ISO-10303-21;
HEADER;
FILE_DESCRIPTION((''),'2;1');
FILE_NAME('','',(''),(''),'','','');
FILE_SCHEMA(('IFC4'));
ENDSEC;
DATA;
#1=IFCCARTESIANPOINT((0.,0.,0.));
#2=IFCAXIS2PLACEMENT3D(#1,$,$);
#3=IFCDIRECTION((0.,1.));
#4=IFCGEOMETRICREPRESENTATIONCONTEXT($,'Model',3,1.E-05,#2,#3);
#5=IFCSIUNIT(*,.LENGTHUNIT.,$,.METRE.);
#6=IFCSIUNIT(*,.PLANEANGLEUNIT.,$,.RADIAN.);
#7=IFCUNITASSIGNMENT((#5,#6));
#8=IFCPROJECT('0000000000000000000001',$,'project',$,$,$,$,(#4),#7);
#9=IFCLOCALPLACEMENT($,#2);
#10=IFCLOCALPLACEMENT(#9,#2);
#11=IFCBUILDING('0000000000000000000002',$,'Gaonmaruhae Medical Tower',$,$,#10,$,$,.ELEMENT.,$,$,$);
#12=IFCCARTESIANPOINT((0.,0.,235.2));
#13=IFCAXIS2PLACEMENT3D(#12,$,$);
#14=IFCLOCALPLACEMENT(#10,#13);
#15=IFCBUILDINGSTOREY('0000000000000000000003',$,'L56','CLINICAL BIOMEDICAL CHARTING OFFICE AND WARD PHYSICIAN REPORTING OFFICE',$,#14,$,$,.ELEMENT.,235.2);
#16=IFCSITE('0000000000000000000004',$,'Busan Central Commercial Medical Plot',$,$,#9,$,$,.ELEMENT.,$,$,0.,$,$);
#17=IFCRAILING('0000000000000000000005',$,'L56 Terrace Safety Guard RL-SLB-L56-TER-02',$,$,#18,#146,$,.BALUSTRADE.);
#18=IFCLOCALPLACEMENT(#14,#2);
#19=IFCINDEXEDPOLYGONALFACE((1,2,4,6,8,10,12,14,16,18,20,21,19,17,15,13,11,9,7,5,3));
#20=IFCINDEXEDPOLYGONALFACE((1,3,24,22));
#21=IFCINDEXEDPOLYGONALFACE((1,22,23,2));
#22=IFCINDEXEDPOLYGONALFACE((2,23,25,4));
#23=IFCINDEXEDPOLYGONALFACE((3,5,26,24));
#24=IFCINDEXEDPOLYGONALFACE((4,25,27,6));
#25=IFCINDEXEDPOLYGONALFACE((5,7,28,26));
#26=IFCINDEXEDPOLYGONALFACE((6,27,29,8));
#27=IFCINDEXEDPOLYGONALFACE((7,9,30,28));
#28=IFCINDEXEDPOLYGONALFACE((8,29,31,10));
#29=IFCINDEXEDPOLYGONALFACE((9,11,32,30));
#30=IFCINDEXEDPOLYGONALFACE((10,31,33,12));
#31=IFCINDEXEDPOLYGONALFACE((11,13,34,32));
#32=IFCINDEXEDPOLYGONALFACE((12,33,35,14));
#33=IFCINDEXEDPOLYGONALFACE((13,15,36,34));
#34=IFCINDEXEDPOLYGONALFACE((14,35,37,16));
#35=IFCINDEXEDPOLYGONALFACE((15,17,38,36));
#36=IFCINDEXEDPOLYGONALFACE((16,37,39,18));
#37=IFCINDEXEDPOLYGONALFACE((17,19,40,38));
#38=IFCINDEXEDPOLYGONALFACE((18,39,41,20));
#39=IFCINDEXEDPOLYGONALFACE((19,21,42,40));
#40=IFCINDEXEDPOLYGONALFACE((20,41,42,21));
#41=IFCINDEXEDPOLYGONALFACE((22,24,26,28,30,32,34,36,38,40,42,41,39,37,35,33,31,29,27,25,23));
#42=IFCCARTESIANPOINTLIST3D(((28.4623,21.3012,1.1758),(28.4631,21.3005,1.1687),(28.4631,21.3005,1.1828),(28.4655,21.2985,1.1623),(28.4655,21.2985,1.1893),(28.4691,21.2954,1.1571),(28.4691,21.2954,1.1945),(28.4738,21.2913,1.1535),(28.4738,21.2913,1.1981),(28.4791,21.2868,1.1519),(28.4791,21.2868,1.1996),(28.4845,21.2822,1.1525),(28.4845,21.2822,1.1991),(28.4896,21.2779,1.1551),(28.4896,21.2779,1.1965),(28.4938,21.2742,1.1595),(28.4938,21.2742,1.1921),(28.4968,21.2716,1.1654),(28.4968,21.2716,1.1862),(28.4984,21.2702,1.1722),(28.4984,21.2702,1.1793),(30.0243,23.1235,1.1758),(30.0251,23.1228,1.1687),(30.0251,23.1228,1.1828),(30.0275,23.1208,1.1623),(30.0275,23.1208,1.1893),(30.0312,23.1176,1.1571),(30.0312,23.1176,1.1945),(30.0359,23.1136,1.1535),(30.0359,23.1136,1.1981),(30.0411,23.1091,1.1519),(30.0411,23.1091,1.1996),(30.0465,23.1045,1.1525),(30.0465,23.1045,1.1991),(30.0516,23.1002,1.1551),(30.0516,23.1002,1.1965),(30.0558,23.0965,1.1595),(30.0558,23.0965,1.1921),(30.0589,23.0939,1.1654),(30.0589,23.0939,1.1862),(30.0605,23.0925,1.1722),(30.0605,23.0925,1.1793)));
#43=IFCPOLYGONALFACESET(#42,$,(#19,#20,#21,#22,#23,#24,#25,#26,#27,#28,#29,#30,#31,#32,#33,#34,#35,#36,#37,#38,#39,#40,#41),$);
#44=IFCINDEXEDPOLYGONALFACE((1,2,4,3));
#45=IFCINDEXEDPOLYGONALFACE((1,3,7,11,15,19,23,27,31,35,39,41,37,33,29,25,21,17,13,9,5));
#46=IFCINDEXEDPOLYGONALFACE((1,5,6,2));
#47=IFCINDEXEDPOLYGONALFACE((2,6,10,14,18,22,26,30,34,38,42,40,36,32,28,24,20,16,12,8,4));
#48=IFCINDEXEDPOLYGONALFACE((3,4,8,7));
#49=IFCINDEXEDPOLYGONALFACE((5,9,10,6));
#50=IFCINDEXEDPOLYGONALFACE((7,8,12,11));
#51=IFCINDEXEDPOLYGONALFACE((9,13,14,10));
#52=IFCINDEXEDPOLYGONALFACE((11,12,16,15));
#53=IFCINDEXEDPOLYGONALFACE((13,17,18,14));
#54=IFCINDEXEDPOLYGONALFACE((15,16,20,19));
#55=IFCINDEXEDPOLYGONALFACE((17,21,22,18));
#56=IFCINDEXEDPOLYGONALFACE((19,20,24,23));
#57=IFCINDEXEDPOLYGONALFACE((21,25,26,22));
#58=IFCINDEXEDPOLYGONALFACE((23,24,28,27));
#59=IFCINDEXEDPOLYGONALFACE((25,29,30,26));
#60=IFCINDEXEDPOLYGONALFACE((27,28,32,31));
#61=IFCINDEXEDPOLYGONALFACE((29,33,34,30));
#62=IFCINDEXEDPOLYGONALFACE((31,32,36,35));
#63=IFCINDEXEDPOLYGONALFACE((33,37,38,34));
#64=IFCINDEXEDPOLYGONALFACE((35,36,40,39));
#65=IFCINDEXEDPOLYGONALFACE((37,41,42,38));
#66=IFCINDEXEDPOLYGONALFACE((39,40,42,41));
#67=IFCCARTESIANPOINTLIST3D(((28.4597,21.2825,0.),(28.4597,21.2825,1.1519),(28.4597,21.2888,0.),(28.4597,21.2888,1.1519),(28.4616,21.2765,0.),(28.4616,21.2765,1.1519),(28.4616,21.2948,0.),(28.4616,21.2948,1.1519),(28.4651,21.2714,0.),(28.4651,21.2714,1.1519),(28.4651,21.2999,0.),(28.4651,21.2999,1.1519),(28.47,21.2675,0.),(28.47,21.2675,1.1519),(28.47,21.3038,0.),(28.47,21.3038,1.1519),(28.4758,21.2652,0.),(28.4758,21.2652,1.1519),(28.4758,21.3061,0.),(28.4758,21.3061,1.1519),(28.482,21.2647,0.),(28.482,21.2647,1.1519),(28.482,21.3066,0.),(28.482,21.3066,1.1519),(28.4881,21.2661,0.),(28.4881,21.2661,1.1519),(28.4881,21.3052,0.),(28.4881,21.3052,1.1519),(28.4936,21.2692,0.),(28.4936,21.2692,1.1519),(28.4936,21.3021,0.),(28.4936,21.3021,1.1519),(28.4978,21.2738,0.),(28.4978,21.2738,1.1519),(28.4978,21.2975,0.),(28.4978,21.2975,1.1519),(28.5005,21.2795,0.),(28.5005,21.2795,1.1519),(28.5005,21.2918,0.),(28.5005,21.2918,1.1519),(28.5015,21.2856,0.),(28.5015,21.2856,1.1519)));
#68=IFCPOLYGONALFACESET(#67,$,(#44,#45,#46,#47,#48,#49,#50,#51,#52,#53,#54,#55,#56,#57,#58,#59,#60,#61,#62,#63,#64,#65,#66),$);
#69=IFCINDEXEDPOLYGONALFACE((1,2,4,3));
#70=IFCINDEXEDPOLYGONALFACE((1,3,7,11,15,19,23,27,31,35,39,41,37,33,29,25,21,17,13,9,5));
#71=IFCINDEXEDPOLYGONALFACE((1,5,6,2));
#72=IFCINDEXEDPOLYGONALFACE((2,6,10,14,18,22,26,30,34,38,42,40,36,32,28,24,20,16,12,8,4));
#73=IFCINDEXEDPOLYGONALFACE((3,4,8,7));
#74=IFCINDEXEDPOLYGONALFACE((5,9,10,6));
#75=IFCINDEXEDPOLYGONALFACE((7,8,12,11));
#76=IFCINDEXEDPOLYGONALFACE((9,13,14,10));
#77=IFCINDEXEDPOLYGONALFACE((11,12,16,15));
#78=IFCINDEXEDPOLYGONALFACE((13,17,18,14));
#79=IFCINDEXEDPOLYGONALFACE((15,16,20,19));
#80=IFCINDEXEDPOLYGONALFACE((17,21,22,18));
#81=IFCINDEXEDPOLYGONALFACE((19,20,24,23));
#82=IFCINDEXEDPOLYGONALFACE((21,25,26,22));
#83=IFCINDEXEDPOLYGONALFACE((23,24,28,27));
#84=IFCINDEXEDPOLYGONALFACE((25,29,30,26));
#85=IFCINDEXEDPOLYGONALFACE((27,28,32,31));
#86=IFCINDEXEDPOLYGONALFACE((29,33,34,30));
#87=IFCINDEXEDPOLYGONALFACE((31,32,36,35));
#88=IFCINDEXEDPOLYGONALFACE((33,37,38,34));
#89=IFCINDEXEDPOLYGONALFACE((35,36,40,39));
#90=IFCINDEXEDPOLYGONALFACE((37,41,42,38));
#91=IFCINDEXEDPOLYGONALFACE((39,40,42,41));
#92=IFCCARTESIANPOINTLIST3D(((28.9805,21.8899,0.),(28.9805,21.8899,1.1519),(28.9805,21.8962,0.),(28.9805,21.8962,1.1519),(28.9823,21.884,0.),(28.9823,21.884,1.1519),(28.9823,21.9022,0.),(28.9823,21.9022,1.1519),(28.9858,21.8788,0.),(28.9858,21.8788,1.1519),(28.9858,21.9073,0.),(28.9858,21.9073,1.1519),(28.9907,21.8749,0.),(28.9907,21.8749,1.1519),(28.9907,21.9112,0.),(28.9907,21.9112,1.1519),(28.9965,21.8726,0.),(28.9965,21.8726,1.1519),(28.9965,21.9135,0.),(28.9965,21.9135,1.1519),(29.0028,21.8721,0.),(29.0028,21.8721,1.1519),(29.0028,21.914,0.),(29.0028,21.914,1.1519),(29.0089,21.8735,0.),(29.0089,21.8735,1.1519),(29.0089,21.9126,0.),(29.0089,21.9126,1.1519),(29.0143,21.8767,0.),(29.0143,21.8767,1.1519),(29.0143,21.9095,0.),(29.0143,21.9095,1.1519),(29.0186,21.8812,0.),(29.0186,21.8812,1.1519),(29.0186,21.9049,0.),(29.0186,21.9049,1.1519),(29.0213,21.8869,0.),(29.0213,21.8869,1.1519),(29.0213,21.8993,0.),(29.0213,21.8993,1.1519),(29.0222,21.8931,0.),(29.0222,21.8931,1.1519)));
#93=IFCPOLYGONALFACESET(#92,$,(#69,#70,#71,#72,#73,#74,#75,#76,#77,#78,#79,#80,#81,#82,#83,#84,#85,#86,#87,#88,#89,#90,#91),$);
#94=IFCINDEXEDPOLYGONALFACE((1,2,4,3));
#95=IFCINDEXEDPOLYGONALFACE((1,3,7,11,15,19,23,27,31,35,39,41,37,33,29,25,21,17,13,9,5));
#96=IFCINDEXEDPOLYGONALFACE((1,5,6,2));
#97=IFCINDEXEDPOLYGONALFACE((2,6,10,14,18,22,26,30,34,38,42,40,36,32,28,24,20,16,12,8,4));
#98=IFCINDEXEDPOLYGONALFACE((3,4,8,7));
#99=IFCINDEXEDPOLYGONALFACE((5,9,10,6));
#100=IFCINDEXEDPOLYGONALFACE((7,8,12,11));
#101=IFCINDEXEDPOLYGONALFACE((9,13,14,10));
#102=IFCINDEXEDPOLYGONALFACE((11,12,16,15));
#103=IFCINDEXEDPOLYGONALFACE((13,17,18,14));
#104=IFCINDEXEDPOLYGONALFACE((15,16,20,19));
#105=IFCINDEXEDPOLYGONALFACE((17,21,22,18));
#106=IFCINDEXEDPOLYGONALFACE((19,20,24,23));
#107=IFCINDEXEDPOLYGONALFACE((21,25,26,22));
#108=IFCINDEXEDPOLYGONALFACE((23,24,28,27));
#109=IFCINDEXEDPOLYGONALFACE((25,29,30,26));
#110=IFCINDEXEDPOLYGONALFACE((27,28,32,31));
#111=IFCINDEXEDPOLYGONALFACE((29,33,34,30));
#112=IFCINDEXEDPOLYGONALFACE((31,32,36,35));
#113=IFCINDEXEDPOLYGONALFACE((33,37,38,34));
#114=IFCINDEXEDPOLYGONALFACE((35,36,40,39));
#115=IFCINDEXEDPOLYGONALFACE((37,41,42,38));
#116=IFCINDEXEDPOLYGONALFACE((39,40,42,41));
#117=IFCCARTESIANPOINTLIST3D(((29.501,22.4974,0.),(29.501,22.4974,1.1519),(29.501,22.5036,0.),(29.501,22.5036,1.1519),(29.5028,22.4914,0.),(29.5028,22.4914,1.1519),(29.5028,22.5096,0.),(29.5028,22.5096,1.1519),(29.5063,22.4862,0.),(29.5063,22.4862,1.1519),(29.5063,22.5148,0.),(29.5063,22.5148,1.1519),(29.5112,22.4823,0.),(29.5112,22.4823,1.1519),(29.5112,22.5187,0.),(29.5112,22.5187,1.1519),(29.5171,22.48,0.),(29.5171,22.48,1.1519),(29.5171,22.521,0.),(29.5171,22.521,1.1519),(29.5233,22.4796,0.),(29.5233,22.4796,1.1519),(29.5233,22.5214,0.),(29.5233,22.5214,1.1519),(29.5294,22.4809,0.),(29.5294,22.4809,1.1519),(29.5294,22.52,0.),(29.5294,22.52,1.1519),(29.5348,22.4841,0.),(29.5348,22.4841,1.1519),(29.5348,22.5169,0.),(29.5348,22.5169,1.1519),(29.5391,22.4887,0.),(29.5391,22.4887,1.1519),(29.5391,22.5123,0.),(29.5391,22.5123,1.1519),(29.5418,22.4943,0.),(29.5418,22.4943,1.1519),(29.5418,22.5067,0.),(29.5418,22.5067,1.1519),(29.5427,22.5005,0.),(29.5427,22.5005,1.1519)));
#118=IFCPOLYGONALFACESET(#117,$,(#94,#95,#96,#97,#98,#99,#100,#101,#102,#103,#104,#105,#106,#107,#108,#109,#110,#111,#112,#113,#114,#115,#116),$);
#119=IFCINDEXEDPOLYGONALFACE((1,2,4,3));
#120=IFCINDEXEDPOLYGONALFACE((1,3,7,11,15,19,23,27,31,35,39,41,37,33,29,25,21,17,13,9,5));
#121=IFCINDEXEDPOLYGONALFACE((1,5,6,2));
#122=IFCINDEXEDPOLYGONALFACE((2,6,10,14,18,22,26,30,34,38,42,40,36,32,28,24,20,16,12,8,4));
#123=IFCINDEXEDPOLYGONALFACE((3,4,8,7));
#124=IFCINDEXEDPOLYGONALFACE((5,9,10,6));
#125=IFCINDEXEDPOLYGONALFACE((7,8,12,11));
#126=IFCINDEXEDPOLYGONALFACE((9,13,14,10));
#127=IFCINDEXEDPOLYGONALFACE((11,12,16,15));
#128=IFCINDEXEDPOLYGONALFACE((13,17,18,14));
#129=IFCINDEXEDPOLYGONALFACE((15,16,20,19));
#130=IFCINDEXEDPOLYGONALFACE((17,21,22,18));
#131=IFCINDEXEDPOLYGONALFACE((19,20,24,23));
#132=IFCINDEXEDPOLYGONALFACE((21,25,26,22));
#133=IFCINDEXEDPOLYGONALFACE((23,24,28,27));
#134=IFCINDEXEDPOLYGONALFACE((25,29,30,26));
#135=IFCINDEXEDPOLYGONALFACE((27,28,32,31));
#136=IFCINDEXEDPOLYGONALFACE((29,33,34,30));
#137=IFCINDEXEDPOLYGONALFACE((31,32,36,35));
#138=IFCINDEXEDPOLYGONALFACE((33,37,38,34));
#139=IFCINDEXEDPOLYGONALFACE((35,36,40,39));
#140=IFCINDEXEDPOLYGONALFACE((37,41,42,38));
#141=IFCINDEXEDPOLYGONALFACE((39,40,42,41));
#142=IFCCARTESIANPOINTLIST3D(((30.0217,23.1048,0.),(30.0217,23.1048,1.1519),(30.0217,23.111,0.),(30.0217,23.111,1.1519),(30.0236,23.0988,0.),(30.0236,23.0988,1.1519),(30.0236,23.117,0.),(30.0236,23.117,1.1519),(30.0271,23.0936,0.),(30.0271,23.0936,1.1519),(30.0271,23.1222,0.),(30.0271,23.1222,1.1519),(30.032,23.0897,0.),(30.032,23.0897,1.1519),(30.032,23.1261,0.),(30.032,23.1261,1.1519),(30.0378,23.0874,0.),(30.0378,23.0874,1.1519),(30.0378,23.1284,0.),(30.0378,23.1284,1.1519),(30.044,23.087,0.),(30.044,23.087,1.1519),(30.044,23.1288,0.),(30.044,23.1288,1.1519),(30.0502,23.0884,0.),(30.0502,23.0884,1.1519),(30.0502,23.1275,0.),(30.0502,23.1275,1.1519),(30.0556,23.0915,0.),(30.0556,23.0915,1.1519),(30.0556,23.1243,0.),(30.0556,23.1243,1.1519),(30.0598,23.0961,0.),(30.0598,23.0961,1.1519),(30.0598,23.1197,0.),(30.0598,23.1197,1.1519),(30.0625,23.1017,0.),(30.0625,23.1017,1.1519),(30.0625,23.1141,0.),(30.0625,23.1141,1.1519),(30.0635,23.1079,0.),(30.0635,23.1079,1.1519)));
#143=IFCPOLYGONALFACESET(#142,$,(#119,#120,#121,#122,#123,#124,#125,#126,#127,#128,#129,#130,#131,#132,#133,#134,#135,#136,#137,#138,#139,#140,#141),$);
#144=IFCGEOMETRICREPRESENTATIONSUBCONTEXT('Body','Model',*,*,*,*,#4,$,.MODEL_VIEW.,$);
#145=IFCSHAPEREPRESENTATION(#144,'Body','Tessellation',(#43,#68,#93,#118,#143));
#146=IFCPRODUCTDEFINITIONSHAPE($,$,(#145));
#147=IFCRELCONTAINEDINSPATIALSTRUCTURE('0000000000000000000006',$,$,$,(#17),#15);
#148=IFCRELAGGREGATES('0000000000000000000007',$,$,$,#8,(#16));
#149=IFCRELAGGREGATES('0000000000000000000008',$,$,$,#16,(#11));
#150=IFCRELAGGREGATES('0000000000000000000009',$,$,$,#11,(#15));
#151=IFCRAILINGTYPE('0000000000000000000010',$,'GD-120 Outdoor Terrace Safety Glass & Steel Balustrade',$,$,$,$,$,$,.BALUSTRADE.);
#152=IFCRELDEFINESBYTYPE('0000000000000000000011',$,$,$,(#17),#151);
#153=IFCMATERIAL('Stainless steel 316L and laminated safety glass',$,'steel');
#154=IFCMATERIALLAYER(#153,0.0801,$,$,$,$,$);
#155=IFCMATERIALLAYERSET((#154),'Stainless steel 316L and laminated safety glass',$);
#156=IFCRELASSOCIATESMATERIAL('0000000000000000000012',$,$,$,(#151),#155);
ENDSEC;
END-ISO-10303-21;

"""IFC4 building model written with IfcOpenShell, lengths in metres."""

from ifc_helpers import new_model, si_unit, direction, frame, origin, origin_2d, place, context, subcontext, project, spatial, circle, extrude, material, layer, layer_set, type_object, element, save


model = new_model("IFC4")

# Units and contexts
model_context = context("Model", 3, precision=1e-05, world=origin(), true_north=direction((0.0, 1.0)))
body_context = subcontext(model_context, "Body", "Model", "MODEL_VIEW")
ifc_project = project(units=[si_unit("LENGTHUNIT", "METRE"), si_unit("PLANEANGLEUNIT", "RADIAN")], contexts=[model_context])

# Site, building, storey
site_placement = place(None, origin())
site = spatial("IfcSite", under=ifc_project, at=site_placement, Name="Busan Central Commercial Medical Plot", CompositionType="ELEMENT", RefElevation=0.0)
building_placement = place(site_placement, origin())
building = spatial("IfcBuilding", under=site, at=building_placement, Name="Gaonmaruhae Medical Tower", CompositionType="ELEMENT")
storey_placement = place(building_placement, frame((0.0, 0.0, 235.2)))
storey = spatial("IfcBuildingStorey", under=building, at=storey_placement, Name="L56", Description="CLINICAL BIOMEDICAL CHARTING OFFICE AND WARD PHYSICIAN REPORTING OFFICE", CompositionType="ELEMENT", Elevation=235.2)

# Railing
ifc_material_1 = material(Name="Stainless steel 316L and laminated safety glass", Category="steel")
ifc_layer_1 = layer(ifc_material_1, 0.0801)
ifc_layer_set_1 = layer_set([ifc_layer_1], Name="Stainless steel 316L and laminated safety glass")
railing_type_1 = type_object("IfcRailingType", Name="GD-120 Outdoor Terrace Safety Glass & Steel Balustrade", PredefinedType="BALUSTRADE", material=ifc_layer_set_1)
railing_1_placement = place(storey_placement, frame((28.4805, 21.2856, 0.0)))
element("IfcRailing", 1, at=railing_1_placement, inside=storey, type_object=railing_type_1, Name="L56 Terrace Safety Guard RL-SLB-L56-TER-02", PredefinedType="BALUSTRADE", context=body_context, shape_type="SweptSolid", body=[
    extrude(circle(Radius=0.0239, at=origin_2d()), frame((0.0, 0.0, 1.1758), z_axis=(0.650808, 0.759242, 0.0), x_axis=(-0.759242, 0.650808, 0.0)), (0.0, 0.0, 1.0), 2.4001),
    extrude(circle(Radius=0.021, at=origin_2d()), origin(), (0.0, 0.0, 1.0), 1.1519),
    extrude(circle(Radius=0.021, at=origin_2d()), frame((0.5208, 0.6074, 0.0)), (0.0, 0.0, 1.0), 1.1519),
    extrude(circle(Radius=0.021, at=origin_2d()), frame((1.0413, 1.2148, 0.0)), (0.0, 0.0, 1.0), 1.1519),
    extrude(circle(Radius=0.021, at=origin_2d()), frame((1.562, 1.8223, 0.0)), (0.0, 0.0, 1.0), 1.1519),
])

save(model, "model.ifc")
